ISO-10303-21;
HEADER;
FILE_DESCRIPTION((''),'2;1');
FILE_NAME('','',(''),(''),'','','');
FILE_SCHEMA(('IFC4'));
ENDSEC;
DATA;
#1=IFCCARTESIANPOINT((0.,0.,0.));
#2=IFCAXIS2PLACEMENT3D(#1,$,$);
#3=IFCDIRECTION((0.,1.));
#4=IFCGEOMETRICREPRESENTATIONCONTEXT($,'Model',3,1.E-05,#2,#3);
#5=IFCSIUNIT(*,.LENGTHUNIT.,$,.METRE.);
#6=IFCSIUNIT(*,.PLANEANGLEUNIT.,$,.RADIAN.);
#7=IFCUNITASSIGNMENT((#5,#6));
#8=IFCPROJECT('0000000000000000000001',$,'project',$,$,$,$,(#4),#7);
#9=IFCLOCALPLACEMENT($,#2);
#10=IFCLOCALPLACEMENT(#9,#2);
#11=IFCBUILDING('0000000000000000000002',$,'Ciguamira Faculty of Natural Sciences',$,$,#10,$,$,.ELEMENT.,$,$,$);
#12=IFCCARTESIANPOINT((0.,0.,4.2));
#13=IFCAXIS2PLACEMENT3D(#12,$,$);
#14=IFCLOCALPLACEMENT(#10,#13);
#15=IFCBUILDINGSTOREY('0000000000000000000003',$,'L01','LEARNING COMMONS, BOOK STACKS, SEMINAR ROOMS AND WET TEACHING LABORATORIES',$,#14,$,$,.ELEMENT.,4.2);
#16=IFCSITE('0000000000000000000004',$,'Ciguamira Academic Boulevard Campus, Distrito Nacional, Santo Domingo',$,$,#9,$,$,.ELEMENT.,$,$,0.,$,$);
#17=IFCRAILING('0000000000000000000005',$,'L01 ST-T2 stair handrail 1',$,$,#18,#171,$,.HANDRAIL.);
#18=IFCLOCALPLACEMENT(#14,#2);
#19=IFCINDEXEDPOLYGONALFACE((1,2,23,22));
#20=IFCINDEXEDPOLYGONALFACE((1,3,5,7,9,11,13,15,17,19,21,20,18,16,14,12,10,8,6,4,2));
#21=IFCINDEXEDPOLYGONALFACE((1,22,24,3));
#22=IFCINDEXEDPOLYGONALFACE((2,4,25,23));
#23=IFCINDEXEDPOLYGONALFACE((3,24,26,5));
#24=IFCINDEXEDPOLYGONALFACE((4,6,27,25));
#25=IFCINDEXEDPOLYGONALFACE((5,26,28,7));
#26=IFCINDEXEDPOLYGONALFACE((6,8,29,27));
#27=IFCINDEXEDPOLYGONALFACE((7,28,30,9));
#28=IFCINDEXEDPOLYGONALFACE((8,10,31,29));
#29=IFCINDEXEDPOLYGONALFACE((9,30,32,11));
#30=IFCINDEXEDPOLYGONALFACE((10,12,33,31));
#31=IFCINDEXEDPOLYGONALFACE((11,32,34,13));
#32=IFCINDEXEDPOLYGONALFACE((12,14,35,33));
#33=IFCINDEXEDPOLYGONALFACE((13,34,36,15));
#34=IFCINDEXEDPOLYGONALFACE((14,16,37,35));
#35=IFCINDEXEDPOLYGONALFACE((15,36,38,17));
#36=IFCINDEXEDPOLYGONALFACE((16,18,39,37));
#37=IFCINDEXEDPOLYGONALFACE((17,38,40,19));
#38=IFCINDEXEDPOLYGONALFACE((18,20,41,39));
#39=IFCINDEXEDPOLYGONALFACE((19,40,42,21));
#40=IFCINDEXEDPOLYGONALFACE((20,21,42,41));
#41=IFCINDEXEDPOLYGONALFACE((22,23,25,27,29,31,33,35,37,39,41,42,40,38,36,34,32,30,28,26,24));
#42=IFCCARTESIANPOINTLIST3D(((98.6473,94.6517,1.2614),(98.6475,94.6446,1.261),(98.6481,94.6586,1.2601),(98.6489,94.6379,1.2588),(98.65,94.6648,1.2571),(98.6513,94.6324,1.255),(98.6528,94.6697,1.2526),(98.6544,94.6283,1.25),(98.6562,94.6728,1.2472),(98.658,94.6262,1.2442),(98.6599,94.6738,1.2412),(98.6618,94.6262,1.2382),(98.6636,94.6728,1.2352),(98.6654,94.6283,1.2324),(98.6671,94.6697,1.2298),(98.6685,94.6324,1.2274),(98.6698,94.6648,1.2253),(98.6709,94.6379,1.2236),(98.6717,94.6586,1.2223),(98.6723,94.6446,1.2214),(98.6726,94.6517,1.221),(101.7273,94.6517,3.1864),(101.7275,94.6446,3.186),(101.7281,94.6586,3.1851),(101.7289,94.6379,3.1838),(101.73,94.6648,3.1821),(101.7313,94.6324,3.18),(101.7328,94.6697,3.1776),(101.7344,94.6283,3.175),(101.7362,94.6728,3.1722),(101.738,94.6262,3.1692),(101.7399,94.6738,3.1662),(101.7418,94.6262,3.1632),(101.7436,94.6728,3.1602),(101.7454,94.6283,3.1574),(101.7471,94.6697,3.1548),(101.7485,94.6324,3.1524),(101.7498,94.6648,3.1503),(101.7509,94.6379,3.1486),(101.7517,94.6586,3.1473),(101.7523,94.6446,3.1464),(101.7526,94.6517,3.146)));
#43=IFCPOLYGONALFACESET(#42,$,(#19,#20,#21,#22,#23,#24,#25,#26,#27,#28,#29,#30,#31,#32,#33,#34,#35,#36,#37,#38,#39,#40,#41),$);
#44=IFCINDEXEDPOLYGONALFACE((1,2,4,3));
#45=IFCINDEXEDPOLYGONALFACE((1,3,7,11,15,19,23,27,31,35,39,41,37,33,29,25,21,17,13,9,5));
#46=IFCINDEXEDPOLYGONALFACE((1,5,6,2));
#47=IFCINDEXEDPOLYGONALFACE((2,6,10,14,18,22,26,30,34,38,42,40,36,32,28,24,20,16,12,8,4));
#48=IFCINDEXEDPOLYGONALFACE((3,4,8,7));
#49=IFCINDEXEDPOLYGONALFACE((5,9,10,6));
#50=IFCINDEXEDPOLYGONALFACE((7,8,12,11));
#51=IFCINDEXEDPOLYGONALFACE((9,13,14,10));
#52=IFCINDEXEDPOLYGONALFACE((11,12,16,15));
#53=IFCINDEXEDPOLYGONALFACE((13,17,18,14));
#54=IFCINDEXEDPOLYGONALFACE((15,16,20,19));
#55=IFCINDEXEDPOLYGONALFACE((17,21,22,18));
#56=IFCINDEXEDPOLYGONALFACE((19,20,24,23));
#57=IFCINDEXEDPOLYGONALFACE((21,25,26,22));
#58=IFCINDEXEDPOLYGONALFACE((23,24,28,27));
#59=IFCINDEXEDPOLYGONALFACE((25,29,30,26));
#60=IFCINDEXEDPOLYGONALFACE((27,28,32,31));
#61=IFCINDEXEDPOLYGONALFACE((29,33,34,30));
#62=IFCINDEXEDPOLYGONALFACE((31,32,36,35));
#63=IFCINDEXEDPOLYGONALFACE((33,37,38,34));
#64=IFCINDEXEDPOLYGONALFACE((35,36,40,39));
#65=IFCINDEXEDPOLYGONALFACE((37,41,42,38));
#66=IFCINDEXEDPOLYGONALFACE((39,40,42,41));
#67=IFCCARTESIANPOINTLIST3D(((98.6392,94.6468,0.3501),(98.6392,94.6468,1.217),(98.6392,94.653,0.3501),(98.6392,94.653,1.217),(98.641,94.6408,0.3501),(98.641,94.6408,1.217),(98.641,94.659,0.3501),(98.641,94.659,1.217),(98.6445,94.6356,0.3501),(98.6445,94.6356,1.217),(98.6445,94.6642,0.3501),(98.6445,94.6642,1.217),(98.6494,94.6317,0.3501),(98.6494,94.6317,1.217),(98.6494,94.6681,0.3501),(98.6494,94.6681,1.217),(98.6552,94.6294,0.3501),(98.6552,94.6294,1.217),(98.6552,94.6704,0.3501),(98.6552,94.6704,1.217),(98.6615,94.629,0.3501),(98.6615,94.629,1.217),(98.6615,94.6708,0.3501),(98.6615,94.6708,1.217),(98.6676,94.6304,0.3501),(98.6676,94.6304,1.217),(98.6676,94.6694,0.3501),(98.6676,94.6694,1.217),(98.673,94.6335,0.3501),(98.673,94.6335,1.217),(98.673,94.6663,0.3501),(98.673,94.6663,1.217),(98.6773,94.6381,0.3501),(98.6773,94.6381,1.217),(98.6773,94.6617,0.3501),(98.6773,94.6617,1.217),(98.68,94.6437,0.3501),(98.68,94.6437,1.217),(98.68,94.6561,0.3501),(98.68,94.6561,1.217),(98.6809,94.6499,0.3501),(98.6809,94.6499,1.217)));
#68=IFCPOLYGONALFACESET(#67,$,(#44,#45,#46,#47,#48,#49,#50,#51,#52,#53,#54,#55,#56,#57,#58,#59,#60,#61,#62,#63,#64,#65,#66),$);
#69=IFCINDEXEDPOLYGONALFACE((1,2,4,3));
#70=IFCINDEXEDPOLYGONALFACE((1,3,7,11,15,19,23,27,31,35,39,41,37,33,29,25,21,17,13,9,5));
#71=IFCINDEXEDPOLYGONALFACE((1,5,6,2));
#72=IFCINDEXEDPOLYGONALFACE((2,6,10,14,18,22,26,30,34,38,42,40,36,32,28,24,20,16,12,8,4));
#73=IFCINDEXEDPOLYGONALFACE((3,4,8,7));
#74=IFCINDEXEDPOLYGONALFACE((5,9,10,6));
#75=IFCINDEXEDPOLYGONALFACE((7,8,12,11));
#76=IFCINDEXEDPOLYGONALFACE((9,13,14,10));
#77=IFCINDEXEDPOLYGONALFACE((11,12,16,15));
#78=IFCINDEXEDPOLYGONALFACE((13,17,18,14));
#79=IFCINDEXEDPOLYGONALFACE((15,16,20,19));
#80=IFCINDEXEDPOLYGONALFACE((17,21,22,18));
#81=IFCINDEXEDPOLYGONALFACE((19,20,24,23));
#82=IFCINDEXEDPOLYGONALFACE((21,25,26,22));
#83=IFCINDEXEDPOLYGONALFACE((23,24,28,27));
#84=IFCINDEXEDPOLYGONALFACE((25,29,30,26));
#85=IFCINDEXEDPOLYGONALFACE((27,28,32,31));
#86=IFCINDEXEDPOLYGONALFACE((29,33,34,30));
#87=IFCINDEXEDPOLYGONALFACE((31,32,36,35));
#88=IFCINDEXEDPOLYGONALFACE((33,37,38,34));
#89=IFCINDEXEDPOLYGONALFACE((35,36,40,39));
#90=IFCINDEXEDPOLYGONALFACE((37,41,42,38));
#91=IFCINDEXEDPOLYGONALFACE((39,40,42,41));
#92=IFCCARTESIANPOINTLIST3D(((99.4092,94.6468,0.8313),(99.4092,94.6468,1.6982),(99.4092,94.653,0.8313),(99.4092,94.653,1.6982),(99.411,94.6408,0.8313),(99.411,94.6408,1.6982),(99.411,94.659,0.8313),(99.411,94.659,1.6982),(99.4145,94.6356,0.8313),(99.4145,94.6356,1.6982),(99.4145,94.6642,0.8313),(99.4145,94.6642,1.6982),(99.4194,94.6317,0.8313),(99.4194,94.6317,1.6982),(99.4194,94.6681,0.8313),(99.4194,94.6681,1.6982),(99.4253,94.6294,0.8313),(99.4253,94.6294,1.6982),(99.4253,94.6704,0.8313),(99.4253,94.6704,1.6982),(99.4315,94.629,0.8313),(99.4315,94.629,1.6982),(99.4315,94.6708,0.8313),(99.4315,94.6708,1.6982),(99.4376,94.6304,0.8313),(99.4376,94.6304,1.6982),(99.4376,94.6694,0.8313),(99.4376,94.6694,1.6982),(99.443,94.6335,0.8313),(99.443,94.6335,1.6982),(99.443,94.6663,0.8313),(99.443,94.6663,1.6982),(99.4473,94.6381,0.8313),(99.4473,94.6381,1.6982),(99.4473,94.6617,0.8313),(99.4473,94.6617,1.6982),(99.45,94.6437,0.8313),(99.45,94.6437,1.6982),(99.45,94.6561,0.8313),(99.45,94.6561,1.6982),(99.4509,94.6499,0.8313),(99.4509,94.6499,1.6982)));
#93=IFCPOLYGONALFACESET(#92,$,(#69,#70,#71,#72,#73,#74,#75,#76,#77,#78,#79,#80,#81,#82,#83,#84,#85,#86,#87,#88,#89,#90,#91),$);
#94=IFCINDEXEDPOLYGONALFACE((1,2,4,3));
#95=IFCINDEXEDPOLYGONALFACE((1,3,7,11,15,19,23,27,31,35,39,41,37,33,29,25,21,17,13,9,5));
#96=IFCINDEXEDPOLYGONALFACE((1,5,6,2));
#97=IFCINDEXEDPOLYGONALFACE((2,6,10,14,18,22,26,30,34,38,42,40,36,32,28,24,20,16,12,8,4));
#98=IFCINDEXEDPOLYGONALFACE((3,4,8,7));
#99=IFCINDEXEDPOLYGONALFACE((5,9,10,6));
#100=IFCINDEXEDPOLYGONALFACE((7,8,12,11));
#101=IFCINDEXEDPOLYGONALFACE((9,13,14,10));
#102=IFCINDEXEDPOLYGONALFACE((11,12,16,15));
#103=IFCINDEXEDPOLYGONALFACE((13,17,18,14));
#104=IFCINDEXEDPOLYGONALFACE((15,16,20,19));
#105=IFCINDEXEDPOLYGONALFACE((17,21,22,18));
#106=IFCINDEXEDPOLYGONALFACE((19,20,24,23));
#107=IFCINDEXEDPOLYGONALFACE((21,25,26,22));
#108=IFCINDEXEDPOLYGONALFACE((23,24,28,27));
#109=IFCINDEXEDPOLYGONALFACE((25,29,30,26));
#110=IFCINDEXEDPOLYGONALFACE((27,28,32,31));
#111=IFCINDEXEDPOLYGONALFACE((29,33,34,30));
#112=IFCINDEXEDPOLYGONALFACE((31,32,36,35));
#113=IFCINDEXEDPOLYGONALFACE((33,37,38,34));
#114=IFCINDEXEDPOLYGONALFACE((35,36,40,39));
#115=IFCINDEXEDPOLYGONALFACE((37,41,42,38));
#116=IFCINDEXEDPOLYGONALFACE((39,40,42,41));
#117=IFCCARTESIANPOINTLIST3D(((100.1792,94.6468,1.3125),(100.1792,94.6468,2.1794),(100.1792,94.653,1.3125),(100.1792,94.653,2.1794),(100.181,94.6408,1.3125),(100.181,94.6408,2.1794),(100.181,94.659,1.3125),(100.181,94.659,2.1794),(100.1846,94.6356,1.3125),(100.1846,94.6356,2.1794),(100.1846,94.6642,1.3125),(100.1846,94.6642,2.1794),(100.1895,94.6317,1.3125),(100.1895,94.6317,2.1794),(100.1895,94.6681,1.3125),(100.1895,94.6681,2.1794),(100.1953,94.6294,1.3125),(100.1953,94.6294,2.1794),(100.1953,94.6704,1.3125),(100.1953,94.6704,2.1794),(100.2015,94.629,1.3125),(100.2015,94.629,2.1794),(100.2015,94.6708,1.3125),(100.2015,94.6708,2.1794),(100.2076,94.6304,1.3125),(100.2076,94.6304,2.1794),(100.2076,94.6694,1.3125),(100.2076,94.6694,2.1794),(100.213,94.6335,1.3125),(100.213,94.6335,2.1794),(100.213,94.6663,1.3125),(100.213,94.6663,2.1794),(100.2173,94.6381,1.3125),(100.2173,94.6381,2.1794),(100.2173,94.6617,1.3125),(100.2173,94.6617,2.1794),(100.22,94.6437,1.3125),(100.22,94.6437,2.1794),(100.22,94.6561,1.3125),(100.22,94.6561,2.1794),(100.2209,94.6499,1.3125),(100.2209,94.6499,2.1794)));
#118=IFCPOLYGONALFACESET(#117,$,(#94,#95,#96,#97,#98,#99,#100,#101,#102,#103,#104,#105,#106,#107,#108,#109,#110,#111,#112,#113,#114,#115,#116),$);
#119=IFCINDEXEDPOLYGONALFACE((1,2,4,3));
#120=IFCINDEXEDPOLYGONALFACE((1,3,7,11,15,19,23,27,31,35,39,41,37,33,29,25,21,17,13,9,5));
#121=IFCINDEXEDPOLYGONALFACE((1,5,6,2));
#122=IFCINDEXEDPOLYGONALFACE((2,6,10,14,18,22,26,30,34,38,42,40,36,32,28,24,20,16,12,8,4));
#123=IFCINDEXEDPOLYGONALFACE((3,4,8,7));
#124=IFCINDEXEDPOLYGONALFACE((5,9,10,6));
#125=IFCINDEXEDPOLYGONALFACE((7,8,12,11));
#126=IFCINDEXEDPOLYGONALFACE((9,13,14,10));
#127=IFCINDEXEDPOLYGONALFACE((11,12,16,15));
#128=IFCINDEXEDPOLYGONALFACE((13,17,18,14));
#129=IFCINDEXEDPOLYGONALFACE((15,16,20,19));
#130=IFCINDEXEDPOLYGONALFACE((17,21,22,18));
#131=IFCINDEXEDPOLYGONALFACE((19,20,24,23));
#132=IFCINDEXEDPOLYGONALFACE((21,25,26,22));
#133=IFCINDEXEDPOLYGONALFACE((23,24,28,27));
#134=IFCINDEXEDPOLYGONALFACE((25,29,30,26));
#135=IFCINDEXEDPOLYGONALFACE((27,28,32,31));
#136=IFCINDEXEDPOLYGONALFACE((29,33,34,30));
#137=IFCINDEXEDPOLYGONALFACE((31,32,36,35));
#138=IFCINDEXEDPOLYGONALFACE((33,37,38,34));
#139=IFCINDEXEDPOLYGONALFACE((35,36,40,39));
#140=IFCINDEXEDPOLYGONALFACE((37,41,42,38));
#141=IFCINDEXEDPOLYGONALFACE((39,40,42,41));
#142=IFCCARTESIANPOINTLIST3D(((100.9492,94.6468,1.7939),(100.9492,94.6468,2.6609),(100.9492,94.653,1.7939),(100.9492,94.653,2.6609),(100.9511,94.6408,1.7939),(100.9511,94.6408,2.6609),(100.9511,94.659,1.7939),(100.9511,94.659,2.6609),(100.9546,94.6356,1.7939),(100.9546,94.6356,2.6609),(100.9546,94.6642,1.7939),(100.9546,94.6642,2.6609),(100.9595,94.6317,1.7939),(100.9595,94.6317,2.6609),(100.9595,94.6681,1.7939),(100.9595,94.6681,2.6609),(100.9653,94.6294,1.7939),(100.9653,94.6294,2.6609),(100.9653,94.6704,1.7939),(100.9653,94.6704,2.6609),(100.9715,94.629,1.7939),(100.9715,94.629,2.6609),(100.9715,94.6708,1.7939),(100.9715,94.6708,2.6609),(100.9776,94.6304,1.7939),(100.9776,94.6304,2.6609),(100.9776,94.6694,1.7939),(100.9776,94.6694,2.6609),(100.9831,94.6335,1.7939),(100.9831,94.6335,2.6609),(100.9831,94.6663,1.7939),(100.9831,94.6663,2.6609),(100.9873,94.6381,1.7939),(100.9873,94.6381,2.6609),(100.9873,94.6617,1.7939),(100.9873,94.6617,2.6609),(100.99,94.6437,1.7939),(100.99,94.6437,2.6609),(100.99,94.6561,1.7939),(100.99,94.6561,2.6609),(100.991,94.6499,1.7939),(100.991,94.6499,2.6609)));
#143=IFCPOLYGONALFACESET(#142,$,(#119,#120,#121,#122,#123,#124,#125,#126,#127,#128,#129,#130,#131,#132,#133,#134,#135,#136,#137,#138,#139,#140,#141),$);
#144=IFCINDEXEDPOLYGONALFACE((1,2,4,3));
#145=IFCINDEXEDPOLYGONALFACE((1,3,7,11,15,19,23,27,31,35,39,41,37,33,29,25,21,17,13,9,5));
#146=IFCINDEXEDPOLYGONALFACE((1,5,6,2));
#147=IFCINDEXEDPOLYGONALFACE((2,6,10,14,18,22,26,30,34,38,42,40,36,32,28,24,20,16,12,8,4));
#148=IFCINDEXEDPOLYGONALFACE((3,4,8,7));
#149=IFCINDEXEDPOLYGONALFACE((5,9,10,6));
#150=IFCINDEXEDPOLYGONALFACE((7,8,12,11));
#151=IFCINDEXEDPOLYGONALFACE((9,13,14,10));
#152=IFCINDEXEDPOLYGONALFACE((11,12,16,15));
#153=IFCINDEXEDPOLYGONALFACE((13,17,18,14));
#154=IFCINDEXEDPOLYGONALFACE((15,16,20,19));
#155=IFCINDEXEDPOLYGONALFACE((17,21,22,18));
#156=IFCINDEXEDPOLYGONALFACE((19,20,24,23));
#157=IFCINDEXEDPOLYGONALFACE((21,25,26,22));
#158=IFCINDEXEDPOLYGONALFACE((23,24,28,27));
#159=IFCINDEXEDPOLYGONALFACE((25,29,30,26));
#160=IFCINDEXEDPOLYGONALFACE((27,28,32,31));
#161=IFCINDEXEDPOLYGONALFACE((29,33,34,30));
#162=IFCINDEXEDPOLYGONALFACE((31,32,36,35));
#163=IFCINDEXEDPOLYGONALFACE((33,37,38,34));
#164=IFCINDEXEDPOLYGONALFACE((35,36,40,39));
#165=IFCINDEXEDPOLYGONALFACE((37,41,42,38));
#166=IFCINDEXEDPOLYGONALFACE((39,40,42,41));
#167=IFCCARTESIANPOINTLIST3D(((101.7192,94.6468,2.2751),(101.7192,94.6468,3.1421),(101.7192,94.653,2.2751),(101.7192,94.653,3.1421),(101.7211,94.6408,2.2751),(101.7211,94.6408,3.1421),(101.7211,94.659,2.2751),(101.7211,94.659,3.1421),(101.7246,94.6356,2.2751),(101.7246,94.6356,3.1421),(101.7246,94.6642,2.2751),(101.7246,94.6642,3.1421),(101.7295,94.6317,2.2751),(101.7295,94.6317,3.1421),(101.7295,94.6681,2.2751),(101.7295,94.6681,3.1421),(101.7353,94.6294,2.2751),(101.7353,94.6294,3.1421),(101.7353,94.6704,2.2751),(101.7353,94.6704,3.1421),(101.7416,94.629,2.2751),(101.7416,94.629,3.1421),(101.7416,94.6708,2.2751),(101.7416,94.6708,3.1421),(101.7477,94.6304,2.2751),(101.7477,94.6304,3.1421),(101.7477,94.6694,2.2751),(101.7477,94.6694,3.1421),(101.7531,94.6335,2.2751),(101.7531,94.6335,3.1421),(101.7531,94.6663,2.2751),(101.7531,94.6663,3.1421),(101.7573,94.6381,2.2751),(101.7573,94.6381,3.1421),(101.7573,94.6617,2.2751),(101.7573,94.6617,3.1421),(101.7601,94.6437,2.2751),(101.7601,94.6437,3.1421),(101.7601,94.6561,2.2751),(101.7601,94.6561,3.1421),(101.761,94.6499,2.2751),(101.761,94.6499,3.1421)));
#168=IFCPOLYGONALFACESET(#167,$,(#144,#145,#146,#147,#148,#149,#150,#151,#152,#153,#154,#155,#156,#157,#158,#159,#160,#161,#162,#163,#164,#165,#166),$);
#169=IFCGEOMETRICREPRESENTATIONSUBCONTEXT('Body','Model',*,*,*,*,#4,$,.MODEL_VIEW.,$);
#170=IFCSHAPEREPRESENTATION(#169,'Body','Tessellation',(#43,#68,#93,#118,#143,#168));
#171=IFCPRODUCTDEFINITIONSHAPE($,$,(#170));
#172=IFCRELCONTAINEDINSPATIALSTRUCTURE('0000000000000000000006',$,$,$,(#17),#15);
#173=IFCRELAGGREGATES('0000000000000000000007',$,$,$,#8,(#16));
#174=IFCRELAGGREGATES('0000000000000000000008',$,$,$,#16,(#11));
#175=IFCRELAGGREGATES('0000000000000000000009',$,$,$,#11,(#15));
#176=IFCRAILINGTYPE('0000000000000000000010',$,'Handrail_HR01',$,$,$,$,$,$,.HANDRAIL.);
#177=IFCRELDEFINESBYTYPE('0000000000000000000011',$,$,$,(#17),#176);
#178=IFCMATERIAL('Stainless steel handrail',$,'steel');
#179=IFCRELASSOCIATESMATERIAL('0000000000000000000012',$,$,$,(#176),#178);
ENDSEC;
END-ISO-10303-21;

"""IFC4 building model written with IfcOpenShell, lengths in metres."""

from ifc_helpers import new_model, si_unit, direction, frame, origin, origin_2d, place, context, subcontext, project, spatial, circle, extrude, material, type_object, element, save


model = new_model("IFC4")

# Units and contexts
model_context = context("Model", 3, precision=1e-05, world=origin(), true_north=direction((0.0, 1.0)))
body_context = subcontext(model_context, "Body", "Model", "MODEL_VIEW")
ifc_project = project(units=[si_unit("LENGTHUNIT", "METRE"), si_unit("PLANEANGLEUNIT", "RADIAN")], contexts=[model_context])

# Site, building, storey
site_placement = place(None, origin())
site = spatial("IfcSite", under=ifc_project, at=site_placement, Name="Ciguamira Academic Boulevard Campus, Distrito Nacional, Santo Domingo", CompositionType="ELEMENT", RefElevation=0.0)
building_placement = place(site_placement, origin())
building = spatial("IfcBuilding", under=site, at=building_placement, Name="Ciguamira Faculty of Natural Sciences", CompositionType="ELEMENT")
storey_placement = place(building_placement, frame((0.0, 0.0, 4.2)))
storey = spatial("IfcBuildingStorey", under=building, at=storey_placement, Name="L01", Description="LEARNING COMMONS, BOOK STACKS, SEMINAR ROOMS AND WET TEACHING LABORATORIES", CompositionType="ELEMENT", Elevation=4.2)

# Railing
ifc_material_1 = material(Name="Stainless steel handrail", Category="steel")
railing_type_1 = type_object("IfcRailingType", Name="Handrail_HR01", PredefinedType="HANDRAIL", material=ifc_material_1)
railing_1_placement = place(storey_placement, frame((98.6599, 94.6499, 0.3501)))
element("IfcRailing", 1, at=railing_1_placement, inside=storey, type_object=railing_type_1, Name="L01 ST-T2 stair handrail 1", PredefinedType="HANDRAIL", context=body_context, shape_type="SweptSolid", body=[
    extrude(circle(Radius=0.0239, at=origin_2d()), frame((0.0, 0.0, 0.8911), z_axis=(0.847998, 0.0, 0.529999), x_axis=(0.0, 1.0, 0.0)), (0.0, 0.0, 1.0), 3.6321),
    extrude(circle(Radius=0.021, at=origin_2d()), origin(), (0.0, 0.0, 1.0), 0.8669),
    extrude(circle(Radius=0.021, at=origin_2d()), frame((0.77, 0.0, 0.4812)), (0.0, 0.0, 1.0), 0.8669),
    extrude(circle(Radius=0.021, at=origin_2d()), frame((1.54, 0.0, 0.9624)), (0.0, 0.0, 1.0), 0.8669),
    extrude(circle(Radius=0.021, at=origin_2d()), frame((2.3101, 0.0, 1.4438)), (0.0, 0.0, 1.0), 0.8669),
    extrude(circle(Radius=0.021, at=origin_2d()), frame((3.0801, 0.0, 1.925)), (0.0, 0.0, 1.0), 0.8669),
])

save(model, "model.ifc")
